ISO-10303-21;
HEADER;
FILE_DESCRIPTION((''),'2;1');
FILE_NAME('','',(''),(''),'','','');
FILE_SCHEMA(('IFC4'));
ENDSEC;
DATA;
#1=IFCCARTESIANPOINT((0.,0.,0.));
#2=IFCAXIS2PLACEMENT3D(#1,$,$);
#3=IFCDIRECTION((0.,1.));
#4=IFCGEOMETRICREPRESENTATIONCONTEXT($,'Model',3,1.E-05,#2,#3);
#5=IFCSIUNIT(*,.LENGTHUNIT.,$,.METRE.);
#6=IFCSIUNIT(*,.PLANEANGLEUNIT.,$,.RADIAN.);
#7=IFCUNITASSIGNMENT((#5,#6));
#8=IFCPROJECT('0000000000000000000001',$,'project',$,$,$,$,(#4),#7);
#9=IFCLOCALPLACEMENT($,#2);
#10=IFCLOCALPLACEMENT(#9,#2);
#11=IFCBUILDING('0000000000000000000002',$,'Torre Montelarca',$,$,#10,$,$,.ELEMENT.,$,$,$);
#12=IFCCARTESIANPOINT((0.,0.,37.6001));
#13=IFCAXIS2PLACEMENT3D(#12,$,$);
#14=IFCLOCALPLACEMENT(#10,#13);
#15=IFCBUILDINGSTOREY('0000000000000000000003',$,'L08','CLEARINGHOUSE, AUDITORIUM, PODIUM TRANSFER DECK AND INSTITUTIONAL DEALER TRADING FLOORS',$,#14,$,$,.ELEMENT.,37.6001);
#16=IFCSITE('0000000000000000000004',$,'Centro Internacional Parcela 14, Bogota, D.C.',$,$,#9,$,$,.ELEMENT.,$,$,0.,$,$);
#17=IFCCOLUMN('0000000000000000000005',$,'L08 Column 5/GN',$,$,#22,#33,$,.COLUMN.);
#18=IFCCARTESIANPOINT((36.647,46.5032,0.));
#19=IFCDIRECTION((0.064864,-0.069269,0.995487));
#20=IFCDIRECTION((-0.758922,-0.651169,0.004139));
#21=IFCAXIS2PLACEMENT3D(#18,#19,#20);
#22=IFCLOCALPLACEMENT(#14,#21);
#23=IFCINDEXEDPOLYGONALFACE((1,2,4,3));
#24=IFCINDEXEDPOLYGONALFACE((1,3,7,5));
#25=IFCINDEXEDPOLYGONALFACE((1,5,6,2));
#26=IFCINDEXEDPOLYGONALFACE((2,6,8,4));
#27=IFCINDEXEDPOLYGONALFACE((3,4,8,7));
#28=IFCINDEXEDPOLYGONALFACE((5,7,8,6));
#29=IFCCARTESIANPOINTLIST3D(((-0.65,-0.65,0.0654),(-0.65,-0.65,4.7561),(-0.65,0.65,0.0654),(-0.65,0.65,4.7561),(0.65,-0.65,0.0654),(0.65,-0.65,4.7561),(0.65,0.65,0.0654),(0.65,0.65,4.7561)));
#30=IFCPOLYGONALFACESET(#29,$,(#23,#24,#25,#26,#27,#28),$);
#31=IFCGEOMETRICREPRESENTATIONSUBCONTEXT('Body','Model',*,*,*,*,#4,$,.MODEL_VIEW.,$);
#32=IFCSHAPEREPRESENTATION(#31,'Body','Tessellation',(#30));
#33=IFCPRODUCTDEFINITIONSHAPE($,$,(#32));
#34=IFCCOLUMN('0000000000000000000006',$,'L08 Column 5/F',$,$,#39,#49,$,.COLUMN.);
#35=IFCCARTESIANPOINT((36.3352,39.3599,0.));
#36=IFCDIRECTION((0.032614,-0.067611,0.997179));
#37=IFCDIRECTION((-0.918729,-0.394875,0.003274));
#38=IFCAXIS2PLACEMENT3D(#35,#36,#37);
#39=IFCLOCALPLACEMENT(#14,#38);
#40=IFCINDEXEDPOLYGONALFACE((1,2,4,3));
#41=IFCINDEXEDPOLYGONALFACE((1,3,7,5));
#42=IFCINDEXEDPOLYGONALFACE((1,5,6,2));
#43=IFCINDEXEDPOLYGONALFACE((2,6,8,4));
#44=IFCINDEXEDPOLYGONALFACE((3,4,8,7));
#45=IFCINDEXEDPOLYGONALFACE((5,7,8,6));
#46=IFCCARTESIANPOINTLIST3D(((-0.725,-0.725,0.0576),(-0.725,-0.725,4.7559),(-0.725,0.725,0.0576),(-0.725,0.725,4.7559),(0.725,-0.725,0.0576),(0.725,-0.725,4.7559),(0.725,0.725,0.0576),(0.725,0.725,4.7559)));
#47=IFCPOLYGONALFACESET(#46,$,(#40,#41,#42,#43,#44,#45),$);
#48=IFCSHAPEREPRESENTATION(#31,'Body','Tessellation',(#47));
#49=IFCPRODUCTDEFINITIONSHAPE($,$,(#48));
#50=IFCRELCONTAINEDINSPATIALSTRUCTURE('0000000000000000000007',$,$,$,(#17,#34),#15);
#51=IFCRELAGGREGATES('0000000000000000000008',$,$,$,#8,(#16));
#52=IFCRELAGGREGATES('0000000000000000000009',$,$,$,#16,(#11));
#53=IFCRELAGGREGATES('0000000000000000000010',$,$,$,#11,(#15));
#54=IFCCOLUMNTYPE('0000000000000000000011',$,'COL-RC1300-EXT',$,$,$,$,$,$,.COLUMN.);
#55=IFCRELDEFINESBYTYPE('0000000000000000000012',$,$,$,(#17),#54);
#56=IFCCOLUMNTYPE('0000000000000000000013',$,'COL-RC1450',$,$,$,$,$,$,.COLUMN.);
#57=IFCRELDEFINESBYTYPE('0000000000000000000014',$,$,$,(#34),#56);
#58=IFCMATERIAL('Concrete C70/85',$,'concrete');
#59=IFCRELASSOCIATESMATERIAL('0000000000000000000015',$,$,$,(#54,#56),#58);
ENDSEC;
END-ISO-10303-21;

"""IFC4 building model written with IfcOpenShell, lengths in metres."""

from ifc_helpers import new_model, si_unit, direction, frame, origin, origin_2d, place, context, subcontext, project, spatial, rectangle, extrude, clip, halfspace, material, material_profile, profile_set, type_object, element, save


model = new_model("IFC4")

# Units and contexts
model_context = context("Model", 3, precision=1e-05, world=origin(), true_north=direction((0.0, 1.0)))
body_context = subcontext(model_context, "Body", "Model", "MODEL_VIEW")
ifc_project = project(units=[si_unit("LENGTHUNIT", "METRE"), si_unit("PLANEANGLEUNIT", "RADIAN")], contexts=[model_context])

# Site, building, storey
site_placement = place(None, origin())
site = spatial("IfcSite", under=ifc_project, at=site_placement, Name="Centro Internacional Parcela 14, Bogota, D.C.", CompositionType="ELEMENT", RefElevation=0.0)
building_placement = place(site_placement, origin())
building = spatial("IfcBuilding", under=site, at=building_placement, Name="Torre Montelarca", CompositionType="ELEMENT")
storey_placement = place(building_placement, frame((0.0, 0.0, 37.6001)))
storey = spatial("IfcBuildingStorey", under=building, at=storey_placement, Name="L08", Description="CLEARINGHOUSE, AUDITORIUM, PODIUM TRANSFER DECK AND INSTITUTIONAL DEALER TRADING FLOORS", CompositionType="ELEMENT", Elevation=37.6001)

# Columns
ifc_material_1 = material(Name="Concrete C70/85", Category="concrete")
ifc_material_profile_1 = material_profile(ifc_material_1, rectangle(XDim=1.3, YDim=1.3, at=origin_2d()), Name="RC1300X1300", Category="concrete")
ifc_profile_set_1 = profile_set([ifc_material_profile_1], Name="Concrete C70/85")
column_type_1 = type_object("IfcColumnType", Name="COL-RC1300-EXT", PredefinedType="COLUMN", material=ifc_profile_set_1)
column_1_placement = place(storey_placement, frame((36.647, 46.5032, 0.0), z_axis=(0.064864, -0.069269, 0.995487), x_axis=(-0.758922, -0.651169, 0.004139)))
element("IfcColumn", 1, at=column_1_placement, inside=storey, type_object=column_type_1, Name="L08 Column 5/GN", PredefinedType="COLUMN", context=body_context, shape_type="Clipping", body=[
    clip(clip(extrude(rectangle(XDim=1.3, YDim=1.3, at=origin_2d()), origin(), (0.0, 0.0, 1.0), 4.8215), halfspace(frame((0.0, 0.0, 0.0654), z_axis=(0.0, 0.0, -1.0), x_axis=(1.0, 0.0, 0.0)), False)), halfspace(frame((0.0, 0.0, 4.7561), z_axis=(0.0, 0.0, 1.0), x_axis=(1.0, 0.0, 0.0)), False)),
])
ifc_material_profile_2 = material_profile(ifc_material_1, rectangle(XDim=1.45, YDim=1.45, at=origin_2d()), Name="RC1450X1450", Category="concrete")
ifc_profile_set_2 = profile_set([ifc_material_profile_2], Name="Concrete C70/85")
column_type_2 = type_object("IfcColumnType", Name="COL-RC1450", PredefinedType="COLUMN", material=ifc_profile_set_2)
column_2_placement = place(storey_placement, frame((36.3352, 39.3599, 0.0), z_axis=(0.032614, -0.067611, 0.997179), x_axis=(-0.918729, -0.394875, 0.003274)))
element("IfcColumn", 2, at=column_2_placement, inside=storey, type_object=column_type_2, Name="L08 Column 5/F", PredefinedType="COLUMN", context=body_context, shape_type="Clipping", body=[
    clip(clip(extrude(rectangle(XDim=1.45, YDim=1.45, at=origin_2d()), origin(), (0.0, 0.0, 1.0), 4.8135), halfspace(frame((0.0, 0.0, 0.0576), z_axis=(0.0, 0.0, -1.0), x_axis=(1.0, 0.0, 0.0)), False)), halfspace(frame((0.0, 0.0, 4.7559), z_axis=(0.0, 0.0, 1.0), x_axis=(1.0, 0.0, 0.0)), False)),
])

save(model, "model.ifc")
